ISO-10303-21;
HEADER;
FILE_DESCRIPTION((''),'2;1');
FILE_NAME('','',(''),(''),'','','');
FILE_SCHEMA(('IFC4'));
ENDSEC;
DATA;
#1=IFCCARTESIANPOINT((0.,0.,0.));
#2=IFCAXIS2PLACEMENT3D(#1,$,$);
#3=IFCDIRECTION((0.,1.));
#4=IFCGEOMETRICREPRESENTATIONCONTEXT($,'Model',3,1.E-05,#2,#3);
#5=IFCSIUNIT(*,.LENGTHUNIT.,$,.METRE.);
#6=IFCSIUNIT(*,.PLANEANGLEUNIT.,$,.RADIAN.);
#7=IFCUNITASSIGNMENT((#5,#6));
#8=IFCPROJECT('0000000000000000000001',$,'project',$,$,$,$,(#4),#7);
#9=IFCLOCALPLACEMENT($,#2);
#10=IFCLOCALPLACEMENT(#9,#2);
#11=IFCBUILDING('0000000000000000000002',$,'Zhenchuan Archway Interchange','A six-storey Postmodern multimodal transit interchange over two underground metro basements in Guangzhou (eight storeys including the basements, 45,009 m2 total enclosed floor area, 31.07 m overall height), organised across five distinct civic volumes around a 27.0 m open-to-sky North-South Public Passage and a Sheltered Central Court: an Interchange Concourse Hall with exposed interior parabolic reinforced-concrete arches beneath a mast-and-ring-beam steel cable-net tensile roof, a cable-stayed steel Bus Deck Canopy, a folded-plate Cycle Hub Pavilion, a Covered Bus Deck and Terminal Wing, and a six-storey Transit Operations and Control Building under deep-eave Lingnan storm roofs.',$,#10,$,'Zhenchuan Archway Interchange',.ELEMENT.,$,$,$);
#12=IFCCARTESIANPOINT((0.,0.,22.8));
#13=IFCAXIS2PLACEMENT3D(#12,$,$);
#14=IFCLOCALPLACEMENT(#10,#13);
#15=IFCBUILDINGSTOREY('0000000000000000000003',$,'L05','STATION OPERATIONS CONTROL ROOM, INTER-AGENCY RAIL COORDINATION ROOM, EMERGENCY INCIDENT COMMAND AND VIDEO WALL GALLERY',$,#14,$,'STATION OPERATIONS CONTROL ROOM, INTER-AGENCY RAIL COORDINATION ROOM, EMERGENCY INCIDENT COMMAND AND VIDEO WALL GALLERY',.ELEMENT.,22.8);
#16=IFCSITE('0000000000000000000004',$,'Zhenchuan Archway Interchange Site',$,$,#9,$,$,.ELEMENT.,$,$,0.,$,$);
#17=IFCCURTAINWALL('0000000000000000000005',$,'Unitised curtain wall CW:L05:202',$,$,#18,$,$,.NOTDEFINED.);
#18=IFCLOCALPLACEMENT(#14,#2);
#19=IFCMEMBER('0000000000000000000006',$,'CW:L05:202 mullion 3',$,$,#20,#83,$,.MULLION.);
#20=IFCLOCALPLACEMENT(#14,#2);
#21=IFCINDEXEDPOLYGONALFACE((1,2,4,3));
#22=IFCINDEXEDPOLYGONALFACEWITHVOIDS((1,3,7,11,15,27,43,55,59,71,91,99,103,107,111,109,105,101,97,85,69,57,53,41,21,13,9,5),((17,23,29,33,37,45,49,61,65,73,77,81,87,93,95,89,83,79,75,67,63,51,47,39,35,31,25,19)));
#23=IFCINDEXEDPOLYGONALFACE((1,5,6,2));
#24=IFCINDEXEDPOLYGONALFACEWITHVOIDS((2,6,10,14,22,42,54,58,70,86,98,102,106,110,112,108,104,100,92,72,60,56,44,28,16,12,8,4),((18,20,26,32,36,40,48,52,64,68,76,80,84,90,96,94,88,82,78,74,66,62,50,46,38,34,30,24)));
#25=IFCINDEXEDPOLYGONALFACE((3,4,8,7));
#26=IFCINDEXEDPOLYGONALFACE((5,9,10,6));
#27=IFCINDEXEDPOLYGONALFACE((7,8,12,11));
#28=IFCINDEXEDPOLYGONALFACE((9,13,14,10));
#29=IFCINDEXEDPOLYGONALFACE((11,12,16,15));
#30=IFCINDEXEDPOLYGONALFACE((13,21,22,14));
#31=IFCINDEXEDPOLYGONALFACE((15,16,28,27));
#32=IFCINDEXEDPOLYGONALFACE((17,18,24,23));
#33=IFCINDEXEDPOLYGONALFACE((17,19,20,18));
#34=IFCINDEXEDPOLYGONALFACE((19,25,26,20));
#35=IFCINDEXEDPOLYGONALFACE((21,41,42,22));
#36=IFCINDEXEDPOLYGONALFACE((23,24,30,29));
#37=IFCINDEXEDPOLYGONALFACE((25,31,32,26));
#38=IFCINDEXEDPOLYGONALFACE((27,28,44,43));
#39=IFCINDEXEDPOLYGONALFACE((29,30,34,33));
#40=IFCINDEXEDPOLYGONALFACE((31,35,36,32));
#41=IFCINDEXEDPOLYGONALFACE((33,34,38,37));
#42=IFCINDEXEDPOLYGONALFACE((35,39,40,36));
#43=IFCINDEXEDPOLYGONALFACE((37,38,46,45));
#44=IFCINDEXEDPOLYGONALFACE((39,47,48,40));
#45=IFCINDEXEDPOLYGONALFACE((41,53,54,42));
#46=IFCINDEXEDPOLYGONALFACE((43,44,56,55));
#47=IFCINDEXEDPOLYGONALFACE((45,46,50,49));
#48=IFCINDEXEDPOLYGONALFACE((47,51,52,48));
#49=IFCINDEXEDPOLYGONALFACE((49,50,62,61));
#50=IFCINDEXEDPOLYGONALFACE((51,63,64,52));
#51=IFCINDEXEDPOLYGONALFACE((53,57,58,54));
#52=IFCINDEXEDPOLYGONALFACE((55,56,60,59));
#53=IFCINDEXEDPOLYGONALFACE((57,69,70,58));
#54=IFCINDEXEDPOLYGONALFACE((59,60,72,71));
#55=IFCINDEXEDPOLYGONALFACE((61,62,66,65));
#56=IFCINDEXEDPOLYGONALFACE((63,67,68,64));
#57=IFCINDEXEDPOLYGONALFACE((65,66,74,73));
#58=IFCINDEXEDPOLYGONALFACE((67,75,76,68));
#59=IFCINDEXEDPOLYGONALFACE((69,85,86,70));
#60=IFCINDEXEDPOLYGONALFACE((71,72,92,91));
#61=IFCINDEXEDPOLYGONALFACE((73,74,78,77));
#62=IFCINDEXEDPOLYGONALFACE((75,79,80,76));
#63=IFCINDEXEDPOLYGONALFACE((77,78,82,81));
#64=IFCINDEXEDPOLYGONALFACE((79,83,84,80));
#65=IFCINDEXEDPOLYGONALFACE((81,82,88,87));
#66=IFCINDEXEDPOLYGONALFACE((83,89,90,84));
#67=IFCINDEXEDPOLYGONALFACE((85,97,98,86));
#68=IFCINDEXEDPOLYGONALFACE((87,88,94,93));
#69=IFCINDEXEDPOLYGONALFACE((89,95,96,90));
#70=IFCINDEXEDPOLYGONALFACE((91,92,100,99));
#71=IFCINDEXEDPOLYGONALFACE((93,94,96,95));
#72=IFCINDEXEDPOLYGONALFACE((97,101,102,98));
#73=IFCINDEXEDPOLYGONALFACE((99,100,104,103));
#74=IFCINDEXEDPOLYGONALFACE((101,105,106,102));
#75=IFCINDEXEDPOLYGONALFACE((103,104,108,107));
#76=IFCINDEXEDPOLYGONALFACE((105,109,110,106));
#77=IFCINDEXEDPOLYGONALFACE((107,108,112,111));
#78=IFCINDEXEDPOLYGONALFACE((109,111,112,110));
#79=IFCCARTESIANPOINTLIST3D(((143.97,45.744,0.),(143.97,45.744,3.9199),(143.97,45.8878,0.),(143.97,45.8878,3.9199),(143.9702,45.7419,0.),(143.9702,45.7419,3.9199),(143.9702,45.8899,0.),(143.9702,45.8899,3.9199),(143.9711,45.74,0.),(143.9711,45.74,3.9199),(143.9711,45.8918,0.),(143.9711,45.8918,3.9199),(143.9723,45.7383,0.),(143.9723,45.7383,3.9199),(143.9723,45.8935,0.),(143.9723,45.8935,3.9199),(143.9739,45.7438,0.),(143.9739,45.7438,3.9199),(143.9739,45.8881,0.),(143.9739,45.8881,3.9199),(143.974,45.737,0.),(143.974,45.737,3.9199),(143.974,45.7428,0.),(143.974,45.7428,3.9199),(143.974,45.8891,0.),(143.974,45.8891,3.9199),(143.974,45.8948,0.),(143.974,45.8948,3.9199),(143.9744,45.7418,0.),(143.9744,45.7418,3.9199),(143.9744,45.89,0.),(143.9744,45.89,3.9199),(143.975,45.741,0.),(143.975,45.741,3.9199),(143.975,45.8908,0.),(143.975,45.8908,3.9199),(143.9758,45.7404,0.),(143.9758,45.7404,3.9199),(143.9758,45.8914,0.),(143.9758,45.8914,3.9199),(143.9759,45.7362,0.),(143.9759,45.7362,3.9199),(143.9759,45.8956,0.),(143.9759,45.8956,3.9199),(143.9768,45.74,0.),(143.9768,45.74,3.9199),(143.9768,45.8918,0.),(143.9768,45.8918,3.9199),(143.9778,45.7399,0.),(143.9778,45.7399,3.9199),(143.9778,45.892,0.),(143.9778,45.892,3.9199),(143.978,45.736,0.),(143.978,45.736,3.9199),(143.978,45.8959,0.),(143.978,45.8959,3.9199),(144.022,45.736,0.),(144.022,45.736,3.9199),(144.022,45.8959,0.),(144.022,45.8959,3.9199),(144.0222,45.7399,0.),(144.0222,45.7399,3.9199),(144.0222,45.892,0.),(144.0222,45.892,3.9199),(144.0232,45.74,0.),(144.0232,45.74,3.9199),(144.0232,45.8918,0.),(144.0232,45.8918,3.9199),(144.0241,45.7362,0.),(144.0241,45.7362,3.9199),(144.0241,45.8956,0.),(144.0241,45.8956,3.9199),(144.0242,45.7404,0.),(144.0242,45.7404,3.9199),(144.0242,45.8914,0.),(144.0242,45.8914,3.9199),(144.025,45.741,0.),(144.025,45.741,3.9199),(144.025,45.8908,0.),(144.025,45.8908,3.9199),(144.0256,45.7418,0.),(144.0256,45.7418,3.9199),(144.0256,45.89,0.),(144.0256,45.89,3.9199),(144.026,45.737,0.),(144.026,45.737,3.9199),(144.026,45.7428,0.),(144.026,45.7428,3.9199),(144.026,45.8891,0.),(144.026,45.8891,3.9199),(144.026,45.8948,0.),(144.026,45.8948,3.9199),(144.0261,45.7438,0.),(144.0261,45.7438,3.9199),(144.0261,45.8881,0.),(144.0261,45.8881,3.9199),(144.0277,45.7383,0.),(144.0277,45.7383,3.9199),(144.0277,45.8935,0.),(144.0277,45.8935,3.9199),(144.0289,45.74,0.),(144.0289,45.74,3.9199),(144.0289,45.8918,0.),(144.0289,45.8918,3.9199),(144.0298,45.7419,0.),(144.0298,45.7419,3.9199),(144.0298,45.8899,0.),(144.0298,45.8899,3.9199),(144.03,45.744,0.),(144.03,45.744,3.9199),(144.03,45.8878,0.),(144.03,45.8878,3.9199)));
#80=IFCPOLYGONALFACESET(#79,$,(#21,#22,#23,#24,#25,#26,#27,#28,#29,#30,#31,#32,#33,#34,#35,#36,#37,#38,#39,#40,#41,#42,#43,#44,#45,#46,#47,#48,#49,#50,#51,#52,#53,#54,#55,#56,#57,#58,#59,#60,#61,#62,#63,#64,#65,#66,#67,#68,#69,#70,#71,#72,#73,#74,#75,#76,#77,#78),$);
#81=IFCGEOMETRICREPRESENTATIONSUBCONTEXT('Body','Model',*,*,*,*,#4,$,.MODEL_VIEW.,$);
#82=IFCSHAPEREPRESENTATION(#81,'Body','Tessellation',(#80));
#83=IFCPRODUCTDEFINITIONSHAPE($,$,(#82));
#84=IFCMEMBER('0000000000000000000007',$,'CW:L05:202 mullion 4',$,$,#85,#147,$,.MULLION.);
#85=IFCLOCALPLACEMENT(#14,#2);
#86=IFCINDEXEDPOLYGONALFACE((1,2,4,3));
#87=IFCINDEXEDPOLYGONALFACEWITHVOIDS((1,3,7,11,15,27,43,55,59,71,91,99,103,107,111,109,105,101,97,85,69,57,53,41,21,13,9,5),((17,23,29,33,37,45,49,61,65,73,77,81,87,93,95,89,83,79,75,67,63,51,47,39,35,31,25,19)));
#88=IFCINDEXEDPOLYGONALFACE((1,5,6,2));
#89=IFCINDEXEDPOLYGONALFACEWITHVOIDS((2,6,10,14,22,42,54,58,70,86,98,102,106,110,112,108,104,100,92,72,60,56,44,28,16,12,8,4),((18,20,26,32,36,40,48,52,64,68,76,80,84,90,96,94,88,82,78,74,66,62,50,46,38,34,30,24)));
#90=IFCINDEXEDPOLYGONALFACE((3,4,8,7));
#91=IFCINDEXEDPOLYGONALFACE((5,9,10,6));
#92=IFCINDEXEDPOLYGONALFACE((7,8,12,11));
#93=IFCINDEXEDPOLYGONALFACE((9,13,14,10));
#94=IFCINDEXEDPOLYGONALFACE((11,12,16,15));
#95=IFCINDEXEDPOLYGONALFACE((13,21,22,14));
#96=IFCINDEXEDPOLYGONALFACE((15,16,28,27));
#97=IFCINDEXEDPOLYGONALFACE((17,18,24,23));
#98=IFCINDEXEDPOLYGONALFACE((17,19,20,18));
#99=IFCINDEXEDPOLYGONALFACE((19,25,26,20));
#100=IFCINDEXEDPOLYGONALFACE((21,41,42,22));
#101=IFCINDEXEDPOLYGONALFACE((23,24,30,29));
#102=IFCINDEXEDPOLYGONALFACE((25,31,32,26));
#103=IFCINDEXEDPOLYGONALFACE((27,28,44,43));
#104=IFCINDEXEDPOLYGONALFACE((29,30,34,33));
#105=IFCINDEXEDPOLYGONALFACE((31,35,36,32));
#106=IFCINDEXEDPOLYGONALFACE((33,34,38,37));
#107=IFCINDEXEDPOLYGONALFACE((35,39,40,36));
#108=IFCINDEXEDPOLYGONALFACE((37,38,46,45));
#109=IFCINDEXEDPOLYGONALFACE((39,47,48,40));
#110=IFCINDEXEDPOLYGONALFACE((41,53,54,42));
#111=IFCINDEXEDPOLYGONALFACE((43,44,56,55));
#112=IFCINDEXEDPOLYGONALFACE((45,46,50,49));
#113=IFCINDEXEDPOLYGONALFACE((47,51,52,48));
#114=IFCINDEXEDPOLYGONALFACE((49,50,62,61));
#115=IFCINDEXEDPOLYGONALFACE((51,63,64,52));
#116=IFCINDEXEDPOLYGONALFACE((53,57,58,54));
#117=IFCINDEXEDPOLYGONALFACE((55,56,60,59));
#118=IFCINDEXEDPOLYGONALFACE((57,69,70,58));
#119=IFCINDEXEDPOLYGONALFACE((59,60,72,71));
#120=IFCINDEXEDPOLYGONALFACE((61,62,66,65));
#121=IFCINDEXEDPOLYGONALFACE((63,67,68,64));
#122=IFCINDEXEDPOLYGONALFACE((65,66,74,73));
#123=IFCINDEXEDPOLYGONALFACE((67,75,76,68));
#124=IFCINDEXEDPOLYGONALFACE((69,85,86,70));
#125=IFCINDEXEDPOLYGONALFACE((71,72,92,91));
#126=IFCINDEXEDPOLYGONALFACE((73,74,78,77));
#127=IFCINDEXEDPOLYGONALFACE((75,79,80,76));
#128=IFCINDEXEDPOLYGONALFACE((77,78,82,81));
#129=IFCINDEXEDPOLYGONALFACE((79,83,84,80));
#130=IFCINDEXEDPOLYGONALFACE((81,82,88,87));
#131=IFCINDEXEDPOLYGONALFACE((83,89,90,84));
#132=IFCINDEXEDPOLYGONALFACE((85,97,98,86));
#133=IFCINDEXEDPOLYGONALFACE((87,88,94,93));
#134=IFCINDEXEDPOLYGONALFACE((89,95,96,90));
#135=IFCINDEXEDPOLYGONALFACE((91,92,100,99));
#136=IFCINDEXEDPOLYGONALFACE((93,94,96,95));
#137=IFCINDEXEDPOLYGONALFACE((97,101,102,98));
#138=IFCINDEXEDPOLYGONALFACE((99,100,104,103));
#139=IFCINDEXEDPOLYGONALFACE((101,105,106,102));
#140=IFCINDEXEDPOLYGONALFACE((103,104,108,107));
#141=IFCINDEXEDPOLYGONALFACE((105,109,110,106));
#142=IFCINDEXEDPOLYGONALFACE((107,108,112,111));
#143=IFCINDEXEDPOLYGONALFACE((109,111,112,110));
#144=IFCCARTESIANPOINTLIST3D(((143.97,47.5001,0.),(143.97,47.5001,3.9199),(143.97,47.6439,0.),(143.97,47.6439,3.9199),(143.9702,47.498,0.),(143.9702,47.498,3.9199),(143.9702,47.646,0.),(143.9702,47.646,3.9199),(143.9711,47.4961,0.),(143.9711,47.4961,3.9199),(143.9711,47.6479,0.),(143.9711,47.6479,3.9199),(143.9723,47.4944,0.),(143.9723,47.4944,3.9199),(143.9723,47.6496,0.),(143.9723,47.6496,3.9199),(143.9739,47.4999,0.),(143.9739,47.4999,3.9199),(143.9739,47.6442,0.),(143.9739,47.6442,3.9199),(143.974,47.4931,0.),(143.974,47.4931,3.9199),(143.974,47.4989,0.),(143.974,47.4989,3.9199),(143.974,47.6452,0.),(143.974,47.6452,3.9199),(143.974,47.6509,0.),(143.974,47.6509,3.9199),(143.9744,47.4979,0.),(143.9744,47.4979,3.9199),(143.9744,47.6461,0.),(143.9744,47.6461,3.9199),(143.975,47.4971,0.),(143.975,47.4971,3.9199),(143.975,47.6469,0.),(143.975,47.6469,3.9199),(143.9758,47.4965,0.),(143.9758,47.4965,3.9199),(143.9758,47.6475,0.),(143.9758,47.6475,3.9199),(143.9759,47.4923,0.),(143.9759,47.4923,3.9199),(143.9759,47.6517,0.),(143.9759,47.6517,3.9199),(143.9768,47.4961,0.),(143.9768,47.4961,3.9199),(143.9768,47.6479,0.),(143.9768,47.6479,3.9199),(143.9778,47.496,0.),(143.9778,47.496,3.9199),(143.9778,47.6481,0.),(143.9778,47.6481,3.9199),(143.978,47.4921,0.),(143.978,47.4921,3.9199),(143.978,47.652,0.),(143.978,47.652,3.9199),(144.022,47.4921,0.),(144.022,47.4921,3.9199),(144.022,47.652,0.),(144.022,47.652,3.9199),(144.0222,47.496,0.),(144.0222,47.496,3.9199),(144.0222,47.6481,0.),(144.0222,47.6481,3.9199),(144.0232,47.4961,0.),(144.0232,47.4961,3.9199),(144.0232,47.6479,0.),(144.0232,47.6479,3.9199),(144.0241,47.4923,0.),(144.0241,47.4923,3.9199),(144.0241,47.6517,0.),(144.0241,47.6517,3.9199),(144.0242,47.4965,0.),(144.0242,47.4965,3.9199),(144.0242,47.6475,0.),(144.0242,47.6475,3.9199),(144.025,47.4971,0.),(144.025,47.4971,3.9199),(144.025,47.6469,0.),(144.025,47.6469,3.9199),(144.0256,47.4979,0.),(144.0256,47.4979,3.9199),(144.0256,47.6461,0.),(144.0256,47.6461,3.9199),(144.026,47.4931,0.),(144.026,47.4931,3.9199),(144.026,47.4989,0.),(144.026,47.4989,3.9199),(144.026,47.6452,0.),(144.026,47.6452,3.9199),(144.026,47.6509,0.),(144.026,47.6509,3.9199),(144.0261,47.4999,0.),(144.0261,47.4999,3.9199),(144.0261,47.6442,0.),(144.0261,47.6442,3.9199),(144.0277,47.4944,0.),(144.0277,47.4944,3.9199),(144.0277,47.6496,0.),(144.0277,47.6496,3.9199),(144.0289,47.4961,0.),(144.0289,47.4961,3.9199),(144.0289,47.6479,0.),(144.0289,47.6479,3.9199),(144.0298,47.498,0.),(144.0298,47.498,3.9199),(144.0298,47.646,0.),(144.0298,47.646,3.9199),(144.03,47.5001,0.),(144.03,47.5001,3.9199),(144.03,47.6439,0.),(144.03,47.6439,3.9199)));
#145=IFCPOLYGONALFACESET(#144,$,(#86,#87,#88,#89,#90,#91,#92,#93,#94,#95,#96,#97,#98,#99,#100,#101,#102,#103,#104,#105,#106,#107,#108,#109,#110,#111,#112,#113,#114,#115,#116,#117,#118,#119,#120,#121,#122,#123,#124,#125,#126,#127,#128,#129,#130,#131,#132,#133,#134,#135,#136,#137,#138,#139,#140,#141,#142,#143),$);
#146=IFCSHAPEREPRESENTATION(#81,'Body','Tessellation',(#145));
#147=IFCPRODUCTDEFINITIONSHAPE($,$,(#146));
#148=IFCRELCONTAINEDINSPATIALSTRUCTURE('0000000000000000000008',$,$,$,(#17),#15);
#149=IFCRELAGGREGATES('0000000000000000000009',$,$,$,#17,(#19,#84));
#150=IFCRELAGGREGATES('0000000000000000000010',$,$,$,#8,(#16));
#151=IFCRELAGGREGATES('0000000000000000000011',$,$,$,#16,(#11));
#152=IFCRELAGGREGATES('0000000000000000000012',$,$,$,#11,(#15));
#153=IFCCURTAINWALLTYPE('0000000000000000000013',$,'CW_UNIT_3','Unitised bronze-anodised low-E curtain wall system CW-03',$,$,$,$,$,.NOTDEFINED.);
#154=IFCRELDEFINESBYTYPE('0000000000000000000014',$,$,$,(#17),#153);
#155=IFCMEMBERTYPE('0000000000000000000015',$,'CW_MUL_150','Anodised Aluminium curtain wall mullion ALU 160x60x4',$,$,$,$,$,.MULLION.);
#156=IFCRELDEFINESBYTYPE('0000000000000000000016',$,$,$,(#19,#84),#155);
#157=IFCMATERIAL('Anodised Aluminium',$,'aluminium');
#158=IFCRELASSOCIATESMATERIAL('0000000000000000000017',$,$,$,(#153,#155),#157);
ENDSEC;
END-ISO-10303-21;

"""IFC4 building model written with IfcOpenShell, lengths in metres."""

from ifc_helpers import new_model, si_unit, direction, frame, origin, origin_2d, place, context, subcontext, project, spatial, hollow_rectangle, extrude, material, material_profile, profile_set, type_object, element, aggregate, save


model = new_model("IFC4")

# Units and contexts
model_context = context("Model", 3, precision=1e-05, world=origin(), true_north=direction((0.0, 1.0)))
body_context = subcontext(model_context, "Body", "Model", "MODEL_VIEW")
ifc_project = project(units=[si_unit("LENGTHUNIT", "METRE"), si_unit("PLANEANGLEUNIT", "RADIAN")], contexts=[model_context])

# Site, building, storey
site_placement = place(None, origin())
site = spatial("IfcSite", under=ifc_project, at=site_placement, Name="Zhenchuan Archway Interchange Site", CompositionType="ELEMENT", RefElevation=0.0)
building_placement = place(site_placement, origin())
building = spatial("IfcBuilding", under=site, at=building_placement, Name="Zhenchuan Archway Interchange", Description="A six-storey Postmodern multimodal transit interchange over two underground metro basements in Guangzhou (eight storeys including the basements, 45,009 m2 total enclosed floor area, 31.07 m overall height), organised across five distinct civic volumes around a 27.0 m open-to-sky North-South Public Passage and a Sheltered Central Court: an Interchange Concourse Hall with exposed interior parabolic reinforced-concrete arches beneath a mast-and-ring-beam steel cable-net tensile roof, a cable-stayed steel Bus Deck Canopy, a folded-plate Cycle Hub Pavilion, a Covered Bus Deck and Terminal Wing, and a six-storey Transit Operations and Control Building under deep-eave Lingnan storm roofs.", LongName="Zhenchuan Archway Interchange", CompositionType="ELEMENT")
storey_placement = place(building_placement, frame((0.0, 0.0, 22.8)))
storey = spatial("IfcBuildingStorey", under=building, at=storey_placement, Name="L05", Description="STATION OPERATIONS CONTROL ROOM, INTER-AGENCY RAIL COORDINATION ROOM, EMERGENCY INCIDENT COMMAND AND VIDEO WALL GALLERY", LongName="STATION OPERATIONS CONTROL ROOM, INTER-AGENCY RAIL COORDINATION ROOM, EMERGENCY INCIDENT COMMAND AND VIDEO WALL GALLERY", CompositionType="ELEMENT", Elevation=22.8)

# Curtain wall, members
ifc_material_1 = material(Name="Anodised Aluminium", Category="aluminium")
curtain_wall_type = type_object("IfcCurtainWallType", Name="CW_UNIT_3", Description="Unitised bronze-anodised low-E curtain wall system CW-03", PredefinedType="NOTDEFINED", material=ifc_material_1)
curtain_wall_placement = place(storey_placement, origin())
curtain_wall = element("IfcCurtainWall", 1, at=curtain_wall_placement, inside=storey, type_object=curtain_wall_type, Name="Unitised curtain wall CW:L05:202", PredefinedType="NOTDEFINED")
ifc_material_profile_1 = material_profile(ifc_material_1, hollow_rectangle(XDim=0.0601, YDim=0.1599, WallThickness=0.0039, InnerFilletRadius=0.0039, OuterFilletRadius=0.0081, at=origin_2d()), Name="ALU 160x60x4")
ifc_profile_set_1 = profile_set([ifc_material_profile_1], Name="Anodised Aluminium")
member_type_1 = type_object("IfcMemberType", Name="CW_MUL_150", Description="Anodised Aluminium curtain wall mullion ALU 160x60x4", PredefinedType="MULLION", material=ifc_profile_set_1)
member_1_placement = place(storey_placement, frame((144.0, 45.8159, 0.0), z_axis=(0.0, 0.0, 1.0), x_axis=(1.0, 0.0, 0.0)))
member_1 = element("IfcMember", 2, at=member_1_placement, type_object=member_type_1, Name="CW:L05:202 mullion 3", PredefinedType="MULLION", context=body_context, shape_type="SweptSolid", body=[
    extrude(hollow_rectangle(XDim=0.0601, YDim=0.1599, WallThickness=0.0039, InnerFilletRadius=0.0039, OuterFilletRadius=0.0081, at=origin_2d()), origin(), (0.0, 0.0, 1.0), 3.9199),
])
member_2_placement = place(storey_placement, frame((144.0, 47.572, 0.0), z_axis=(0.0, 0.0, 1.0), x_axis=(1.0, 0.0, 0.0)))
member_2 = element("IfcMember", 3, at=member_2_placement, type_object=member_type_1, Name="CW:L05:202 mullion 4", PredefinedType="MULLION", context=body_context, shape_type="SweptSolid", body=[
    extrude(hollow_rectangle(XDim=0.0601, YDim=0.1599, WallThickness=0.0039, InnerFilletRadius=0.0039, OuterFilletRadius=0.0081, at=origin_2d()), origin(), (0.0, 0.0, 1.0), 3.9199),
])
aggregate(curtain_wall, [member_1, member_2])

save(model, "model.ifc")
